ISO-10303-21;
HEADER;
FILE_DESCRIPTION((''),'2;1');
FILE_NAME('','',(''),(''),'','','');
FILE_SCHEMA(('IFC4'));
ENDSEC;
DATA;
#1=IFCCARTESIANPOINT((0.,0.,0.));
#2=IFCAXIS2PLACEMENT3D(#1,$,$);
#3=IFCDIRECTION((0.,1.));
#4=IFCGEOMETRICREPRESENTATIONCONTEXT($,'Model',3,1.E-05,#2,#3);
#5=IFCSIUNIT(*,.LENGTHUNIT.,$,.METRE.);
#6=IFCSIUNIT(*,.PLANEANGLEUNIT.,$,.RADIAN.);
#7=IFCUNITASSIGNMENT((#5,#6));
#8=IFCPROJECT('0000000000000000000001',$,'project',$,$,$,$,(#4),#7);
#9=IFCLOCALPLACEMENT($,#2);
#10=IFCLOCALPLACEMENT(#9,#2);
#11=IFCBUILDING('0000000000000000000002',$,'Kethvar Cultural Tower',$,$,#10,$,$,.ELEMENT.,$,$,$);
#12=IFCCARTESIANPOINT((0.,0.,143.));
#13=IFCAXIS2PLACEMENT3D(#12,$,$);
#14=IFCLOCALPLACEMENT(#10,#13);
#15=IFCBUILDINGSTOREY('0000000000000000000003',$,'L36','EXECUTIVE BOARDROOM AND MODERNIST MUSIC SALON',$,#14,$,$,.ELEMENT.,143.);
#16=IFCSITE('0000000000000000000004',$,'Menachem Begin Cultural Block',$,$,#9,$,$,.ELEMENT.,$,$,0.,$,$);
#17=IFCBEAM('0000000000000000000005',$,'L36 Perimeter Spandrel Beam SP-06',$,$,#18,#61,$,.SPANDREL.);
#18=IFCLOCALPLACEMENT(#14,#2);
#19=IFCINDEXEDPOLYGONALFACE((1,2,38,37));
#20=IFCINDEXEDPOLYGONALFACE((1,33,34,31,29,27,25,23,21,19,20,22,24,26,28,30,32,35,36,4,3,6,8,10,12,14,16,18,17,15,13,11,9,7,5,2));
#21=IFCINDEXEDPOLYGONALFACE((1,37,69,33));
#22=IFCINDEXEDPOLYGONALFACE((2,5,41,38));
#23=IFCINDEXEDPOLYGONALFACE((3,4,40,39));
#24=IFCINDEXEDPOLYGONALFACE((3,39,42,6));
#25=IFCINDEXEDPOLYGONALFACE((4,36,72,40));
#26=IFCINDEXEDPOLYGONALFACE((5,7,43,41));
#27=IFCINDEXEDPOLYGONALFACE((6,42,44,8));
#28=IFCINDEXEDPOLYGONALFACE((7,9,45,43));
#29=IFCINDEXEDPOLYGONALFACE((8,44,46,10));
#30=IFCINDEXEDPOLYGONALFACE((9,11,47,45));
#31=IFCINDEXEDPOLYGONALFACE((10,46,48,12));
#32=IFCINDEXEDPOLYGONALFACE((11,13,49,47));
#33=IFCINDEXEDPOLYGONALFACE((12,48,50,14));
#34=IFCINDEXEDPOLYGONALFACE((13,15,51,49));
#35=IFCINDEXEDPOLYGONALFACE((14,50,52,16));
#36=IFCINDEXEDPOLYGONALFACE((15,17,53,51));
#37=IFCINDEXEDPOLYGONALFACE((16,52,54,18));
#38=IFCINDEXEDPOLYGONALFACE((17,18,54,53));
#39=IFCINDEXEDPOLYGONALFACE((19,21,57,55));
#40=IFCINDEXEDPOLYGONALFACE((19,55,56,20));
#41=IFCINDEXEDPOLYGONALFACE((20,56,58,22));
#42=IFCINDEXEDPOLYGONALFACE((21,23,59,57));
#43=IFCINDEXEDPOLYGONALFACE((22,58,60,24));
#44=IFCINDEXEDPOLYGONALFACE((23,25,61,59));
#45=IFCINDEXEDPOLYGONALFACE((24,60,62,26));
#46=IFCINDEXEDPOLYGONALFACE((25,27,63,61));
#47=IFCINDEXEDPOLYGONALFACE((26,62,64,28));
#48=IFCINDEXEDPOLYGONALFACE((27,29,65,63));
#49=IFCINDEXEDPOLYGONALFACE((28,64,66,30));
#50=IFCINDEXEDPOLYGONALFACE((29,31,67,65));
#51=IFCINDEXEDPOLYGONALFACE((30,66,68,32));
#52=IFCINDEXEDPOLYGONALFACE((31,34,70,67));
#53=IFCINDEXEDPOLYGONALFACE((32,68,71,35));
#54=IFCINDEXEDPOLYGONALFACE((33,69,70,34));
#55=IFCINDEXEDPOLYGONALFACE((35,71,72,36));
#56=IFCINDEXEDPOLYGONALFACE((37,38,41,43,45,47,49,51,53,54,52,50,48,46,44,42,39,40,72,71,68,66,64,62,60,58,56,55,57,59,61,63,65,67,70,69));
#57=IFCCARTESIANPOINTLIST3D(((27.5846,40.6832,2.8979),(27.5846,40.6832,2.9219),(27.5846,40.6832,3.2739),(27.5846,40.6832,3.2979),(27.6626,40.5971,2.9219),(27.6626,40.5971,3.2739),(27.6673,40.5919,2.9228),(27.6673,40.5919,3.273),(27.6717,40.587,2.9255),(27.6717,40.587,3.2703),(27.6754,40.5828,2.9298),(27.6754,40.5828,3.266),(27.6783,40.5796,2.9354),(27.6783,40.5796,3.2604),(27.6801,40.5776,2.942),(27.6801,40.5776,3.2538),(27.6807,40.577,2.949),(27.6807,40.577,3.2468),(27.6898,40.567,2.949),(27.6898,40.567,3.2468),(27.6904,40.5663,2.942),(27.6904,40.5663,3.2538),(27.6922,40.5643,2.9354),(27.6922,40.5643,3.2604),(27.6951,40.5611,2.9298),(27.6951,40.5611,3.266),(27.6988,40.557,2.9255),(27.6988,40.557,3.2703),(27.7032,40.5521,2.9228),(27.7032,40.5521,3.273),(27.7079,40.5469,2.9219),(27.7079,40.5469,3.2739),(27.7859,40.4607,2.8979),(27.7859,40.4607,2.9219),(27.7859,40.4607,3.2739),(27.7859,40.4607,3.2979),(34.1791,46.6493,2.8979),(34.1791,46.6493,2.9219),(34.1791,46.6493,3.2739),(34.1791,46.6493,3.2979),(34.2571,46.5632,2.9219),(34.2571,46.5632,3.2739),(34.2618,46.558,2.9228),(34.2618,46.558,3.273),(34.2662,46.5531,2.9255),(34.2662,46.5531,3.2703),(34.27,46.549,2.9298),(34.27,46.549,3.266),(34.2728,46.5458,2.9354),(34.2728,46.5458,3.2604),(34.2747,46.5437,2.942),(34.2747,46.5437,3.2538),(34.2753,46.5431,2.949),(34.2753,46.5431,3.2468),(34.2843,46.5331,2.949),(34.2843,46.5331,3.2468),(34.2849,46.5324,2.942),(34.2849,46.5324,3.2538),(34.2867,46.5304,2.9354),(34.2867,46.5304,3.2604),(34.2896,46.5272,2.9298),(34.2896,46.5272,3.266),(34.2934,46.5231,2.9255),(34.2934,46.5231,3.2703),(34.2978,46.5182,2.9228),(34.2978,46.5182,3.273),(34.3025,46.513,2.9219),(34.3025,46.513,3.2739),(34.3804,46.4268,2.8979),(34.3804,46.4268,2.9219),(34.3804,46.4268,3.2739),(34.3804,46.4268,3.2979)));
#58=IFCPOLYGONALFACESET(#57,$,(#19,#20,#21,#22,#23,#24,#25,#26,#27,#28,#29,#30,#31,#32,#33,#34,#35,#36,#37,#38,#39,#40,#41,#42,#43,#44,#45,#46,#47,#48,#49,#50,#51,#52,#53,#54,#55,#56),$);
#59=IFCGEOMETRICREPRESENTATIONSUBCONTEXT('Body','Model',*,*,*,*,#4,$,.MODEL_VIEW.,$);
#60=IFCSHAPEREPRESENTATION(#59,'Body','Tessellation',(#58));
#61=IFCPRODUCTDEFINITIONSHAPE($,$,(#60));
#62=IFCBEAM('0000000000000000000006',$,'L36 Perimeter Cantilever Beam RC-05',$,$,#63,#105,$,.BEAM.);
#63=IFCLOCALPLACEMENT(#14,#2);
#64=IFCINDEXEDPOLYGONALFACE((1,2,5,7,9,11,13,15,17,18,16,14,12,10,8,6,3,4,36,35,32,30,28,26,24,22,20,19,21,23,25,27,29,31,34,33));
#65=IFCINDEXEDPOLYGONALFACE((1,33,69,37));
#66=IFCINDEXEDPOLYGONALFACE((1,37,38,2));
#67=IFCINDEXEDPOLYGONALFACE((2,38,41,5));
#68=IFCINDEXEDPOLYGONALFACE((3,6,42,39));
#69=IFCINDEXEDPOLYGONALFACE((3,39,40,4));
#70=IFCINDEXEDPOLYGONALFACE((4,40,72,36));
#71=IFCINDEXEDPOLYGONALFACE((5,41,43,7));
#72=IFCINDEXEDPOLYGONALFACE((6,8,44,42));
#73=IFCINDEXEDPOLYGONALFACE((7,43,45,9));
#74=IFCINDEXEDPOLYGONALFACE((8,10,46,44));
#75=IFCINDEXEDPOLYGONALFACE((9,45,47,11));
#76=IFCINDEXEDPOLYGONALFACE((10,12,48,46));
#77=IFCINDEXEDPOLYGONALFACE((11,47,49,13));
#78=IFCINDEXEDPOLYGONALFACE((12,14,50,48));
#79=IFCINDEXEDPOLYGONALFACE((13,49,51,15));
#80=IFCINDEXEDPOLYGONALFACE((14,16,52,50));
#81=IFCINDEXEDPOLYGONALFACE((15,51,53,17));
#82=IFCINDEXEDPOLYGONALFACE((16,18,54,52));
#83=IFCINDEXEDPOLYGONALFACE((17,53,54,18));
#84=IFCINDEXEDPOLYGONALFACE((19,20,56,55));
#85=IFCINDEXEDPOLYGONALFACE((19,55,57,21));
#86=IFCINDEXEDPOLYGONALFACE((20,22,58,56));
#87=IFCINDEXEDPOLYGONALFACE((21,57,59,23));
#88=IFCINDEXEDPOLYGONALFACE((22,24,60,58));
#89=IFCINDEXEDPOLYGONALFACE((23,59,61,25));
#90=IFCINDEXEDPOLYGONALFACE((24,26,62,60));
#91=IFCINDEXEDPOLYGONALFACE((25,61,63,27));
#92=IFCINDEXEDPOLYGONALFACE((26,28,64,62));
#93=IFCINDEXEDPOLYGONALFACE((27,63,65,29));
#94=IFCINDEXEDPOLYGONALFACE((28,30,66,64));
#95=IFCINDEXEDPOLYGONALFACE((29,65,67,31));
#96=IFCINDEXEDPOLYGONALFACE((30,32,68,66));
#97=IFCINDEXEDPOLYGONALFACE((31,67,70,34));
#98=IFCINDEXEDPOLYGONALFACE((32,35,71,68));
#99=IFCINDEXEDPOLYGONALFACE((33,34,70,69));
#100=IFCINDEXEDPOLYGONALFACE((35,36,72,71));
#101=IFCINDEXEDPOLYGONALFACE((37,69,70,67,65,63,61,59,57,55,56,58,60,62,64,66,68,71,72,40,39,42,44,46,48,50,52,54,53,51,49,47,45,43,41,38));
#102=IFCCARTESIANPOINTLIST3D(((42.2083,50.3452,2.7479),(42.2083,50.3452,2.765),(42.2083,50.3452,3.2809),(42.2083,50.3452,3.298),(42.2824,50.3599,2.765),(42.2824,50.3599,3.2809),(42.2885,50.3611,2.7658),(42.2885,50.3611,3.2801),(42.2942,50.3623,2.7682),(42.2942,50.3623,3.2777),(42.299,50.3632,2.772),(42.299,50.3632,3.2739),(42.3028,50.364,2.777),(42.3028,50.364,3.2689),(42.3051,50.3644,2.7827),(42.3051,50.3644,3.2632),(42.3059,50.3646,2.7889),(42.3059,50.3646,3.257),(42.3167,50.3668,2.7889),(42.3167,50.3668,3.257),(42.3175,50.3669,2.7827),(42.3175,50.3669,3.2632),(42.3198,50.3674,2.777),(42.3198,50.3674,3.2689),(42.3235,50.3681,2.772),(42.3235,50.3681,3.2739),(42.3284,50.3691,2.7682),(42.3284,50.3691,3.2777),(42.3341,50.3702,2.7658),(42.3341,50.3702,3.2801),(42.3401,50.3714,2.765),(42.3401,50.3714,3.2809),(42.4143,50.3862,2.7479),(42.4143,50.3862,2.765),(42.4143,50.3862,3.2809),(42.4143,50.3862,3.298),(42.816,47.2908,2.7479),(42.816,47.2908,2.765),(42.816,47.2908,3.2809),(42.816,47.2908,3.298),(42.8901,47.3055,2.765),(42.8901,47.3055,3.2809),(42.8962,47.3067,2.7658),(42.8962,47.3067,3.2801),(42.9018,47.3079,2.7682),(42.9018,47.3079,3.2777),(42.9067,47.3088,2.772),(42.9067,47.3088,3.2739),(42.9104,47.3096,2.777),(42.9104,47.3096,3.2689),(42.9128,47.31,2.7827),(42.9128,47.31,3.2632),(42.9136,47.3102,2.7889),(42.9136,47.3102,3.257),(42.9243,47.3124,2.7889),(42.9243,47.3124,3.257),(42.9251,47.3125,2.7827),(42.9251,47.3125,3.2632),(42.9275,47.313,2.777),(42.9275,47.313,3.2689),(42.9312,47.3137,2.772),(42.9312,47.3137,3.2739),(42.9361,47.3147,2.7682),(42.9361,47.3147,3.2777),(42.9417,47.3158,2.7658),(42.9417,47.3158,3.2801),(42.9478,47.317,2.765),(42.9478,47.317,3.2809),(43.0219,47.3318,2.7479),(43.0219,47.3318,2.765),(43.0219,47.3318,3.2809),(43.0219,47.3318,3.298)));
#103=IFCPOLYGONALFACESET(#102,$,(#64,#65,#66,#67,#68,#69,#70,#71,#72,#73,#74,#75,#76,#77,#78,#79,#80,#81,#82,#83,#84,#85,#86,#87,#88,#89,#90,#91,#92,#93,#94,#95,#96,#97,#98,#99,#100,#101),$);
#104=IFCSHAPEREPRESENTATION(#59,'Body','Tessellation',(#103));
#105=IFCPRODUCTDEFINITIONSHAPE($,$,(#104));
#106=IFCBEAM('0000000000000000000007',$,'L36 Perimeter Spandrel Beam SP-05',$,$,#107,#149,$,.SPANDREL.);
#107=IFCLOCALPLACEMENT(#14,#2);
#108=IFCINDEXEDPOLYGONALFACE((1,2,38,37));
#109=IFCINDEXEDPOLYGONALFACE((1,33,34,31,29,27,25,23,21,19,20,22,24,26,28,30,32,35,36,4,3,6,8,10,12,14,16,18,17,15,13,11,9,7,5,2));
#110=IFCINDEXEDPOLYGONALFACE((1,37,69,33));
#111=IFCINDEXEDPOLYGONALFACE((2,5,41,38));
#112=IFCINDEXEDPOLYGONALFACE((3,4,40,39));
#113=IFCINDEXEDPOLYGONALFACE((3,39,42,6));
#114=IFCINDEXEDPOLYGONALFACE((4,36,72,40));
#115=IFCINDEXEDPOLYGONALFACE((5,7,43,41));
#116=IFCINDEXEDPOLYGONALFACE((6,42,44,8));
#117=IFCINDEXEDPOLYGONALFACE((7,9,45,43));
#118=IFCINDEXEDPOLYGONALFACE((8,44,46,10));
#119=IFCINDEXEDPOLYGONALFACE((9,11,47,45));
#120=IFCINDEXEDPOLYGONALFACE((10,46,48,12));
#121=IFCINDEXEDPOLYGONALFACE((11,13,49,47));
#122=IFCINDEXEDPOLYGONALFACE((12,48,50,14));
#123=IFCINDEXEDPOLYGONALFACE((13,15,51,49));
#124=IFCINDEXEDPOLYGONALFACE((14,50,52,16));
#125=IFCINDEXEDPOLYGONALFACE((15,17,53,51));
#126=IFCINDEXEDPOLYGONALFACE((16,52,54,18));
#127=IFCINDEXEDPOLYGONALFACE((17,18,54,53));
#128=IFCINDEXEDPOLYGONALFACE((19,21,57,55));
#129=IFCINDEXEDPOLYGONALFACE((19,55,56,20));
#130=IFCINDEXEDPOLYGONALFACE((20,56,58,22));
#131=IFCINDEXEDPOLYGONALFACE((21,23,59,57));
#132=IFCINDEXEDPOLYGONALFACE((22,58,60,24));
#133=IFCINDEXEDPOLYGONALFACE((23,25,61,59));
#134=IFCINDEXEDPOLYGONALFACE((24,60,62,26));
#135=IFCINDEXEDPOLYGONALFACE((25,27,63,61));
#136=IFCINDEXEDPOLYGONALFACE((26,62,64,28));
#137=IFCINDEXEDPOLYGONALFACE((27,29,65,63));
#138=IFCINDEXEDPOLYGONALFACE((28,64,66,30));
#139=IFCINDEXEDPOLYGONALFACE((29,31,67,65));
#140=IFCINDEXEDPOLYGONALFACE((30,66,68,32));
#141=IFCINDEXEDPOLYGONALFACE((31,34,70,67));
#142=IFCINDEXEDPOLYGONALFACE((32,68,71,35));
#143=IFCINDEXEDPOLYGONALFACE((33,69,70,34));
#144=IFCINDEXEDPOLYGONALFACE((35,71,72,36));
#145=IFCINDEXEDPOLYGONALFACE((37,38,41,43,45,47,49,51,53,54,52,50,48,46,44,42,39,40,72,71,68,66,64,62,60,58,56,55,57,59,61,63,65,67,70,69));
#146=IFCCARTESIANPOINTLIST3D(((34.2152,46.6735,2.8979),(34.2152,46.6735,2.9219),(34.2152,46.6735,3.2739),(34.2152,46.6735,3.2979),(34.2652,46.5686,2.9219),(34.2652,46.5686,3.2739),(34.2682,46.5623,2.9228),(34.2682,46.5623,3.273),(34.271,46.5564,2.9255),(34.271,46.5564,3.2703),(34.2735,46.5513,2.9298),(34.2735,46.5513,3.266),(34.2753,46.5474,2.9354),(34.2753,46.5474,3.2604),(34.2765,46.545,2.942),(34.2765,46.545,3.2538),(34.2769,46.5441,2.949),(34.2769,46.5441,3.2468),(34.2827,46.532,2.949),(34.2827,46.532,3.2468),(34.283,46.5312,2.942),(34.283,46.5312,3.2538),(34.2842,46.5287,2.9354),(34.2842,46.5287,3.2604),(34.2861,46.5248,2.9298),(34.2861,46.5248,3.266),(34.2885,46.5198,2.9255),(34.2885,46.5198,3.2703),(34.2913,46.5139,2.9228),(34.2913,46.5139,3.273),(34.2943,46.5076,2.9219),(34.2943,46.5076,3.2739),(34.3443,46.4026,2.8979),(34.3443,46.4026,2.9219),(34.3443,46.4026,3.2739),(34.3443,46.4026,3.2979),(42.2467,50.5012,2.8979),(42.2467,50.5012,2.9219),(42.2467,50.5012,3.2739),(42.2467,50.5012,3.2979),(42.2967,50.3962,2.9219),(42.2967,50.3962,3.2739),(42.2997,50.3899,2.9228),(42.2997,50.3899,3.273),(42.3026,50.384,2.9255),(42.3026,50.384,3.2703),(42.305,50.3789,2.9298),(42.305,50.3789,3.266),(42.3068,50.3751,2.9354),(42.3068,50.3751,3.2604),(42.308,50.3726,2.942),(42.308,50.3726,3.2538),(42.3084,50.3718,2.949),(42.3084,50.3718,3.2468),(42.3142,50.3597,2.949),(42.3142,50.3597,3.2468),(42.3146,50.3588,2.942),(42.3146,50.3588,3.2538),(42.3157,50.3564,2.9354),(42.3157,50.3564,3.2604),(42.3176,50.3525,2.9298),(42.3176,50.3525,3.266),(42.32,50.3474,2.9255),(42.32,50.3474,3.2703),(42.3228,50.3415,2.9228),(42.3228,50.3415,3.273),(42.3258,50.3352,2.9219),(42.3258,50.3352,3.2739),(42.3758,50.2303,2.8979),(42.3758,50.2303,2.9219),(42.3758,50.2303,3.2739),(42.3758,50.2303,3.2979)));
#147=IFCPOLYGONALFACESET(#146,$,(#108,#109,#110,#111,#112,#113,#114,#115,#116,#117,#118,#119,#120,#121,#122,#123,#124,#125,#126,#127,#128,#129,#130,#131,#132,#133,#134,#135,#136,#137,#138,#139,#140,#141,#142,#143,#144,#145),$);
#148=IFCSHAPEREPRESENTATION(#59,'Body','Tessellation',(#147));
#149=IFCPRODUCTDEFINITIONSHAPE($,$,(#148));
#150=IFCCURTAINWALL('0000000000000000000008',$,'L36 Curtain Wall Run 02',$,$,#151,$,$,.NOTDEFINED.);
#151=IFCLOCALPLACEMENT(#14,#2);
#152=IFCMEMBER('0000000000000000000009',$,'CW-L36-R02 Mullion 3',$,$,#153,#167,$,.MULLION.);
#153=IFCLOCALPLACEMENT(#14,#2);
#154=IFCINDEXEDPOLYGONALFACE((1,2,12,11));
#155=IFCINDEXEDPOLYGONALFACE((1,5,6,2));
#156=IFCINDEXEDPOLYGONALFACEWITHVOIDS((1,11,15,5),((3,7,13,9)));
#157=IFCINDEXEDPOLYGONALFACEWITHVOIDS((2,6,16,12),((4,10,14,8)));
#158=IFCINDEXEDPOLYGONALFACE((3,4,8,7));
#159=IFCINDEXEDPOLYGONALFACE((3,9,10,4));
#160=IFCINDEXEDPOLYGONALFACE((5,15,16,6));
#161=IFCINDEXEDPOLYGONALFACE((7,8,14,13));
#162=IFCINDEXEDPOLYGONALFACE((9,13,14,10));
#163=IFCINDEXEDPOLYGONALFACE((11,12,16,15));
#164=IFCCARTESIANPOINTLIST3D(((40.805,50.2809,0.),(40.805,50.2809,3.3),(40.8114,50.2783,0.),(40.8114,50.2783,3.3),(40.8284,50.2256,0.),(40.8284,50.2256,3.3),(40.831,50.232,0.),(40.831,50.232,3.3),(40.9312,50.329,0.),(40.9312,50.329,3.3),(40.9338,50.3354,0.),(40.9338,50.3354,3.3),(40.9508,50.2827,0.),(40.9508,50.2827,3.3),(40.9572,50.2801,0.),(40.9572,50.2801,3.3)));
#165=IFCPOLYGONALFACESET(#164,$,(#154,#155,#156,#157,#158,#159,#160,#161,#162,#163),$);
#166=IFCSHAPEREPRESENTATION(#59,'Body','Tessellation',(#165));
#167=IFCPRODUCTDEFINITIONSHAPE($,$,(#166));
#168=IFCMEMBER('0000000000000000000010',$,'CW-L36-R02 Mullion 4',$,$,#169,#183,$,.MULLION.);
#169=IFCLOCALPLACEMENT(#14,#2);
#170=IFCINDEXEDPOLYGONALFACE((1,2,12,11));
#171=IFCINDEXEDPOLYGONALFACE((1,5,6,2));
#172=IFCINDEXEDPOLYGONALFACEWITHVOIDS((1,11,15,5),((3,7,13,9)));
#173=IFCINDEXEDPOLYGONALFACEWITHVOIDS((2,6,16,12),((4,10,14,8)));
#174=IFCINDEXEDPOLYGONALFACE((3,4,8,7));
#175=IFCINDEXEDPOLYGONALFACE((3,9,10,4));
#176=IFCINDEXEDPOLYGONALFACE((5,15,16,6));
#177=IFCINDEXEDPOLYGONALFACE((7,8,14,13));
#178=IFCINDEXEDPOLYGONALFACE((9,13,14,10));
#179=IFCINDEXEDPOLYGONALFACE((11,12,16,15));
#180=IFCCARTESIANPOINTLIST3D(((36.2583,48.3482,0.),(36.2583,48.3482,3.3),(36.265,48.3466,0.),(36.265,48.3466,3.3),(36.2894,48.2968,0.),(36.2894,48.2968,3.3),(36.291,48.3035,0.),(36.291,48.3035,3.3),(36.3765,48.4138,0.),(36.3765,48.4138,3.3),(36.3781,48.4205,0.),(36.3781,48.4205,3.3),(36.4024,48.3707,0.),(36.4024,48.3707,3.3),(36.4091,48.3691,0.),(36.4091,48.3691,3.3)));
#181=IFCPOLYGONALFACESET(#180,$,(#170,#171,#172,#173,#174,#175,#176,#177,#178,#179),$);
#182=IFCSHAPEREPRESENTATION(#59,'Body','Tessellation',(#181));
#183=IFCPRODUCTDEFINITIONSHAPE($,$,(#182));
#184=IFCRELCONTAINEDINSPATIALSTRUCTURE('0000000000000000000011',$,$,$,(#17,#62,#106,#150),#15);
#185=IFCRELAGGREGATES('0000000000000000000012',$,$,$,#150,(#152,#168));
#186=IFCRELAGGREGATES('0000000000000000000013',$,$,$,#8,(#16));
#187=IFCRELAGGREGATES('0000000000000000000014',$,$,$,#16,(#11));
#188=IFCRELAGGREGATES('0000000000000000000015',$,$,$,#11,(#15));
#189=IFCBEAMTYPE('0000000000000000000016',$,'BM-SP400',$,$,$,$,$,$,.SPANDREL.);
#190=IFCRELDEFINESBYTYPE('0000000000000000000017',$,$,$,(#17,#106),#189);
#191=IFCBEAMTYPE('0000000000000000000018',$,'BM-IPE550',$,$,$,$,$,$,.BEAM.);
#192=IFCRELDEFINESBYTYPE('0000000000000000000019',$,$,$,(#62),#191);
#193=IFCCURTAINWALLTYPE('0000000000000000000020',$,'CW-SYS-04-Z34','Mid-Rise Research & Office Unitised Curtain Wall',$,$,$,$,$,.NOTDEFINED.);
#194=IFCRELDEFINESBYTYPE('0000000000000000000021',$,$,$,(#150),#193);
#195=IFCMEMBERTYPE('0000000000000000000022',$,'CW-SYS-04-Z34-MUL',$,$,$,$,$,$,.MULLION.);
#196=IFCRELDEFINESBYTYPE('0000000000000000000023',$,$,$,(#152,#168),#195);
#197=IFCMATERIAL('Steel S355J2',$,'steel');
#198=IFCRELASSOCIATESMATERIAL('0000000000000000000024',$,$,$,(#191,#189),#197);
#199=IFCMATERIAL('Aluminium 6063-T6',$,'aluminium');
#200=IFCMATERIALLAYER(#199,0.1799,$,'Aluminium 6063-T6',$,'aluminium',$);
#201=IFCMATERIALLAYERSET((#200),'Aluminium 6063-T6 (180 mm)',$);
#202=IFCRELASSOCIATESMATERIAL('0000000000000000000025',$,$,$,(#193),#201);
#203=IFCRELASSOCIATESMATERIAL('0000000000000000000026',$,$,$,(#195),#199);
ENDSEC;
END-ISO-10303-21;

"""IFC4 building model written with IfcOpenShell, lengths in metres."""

from ifc_helpers import new_model, si_unit, direction, frame, origin, origin_2d, place, context, subcontext, project, spatial, hollow_rectangle, i_section, extrude, source, transform, mapped, material, layer, layer_set, material_profile, profile_set, type_object, element, aggregate, save


model = new_model("IFC4")

# Units and contexts
model_context = context("Model", 3, precision=1e-05, world=origin(), true_north=direction((0.0, 1.0)))
body_context = subcontext(model_context, "Body", "Model", "MODEL_VIEW")
ifc_project = project(units=[si_unit("LENGTHUNIT", "METRE"), si_unit("PLANEANGLEUNIT", "RADIAN")], contexts=[model_context])

# Site, building, storey
site_placement = place(None, origin())
site = spatial("IfcSite", under=ifc_project, at=site_placement, Name="Menachem Begin Cultural Block", CompositionType="ELEMENT", RefElevation=0.0)
building_placement = place(site_placement, origin())
building = spatial("IfcBuilding", under=site, at=building_placement, Name="Kethvar Cultural Tower", CompositionType="ELEMENT")
storey_placement = place(building_placement, frame((0.0, 0.0, 143.0)))
storey = spatial("IfcBuildingStorey", under=building, at=storey_placement, Name="L36", Description="EXECUTIVE BOARDROOM AND MODERNIST MUSIC SALON", CompositionType="ELEMENT", Elevation=143.0)

# Beams
ifc_material_1 = material(Name="Steel S355J2", Category="steel")
ifc_material_profile_1 = material_profile(ifc_material_1, i_section(OverallWidth=0.21, OverallDepth=0.55, WebThickness=0.011, FlangeThickness=0.0171, FilletRadius=0.0239, at=origin_2d()), Name="Steel S355J2 — IPE550")
ifc_profile_set_1 = profile_set([ifc_material_profile_1], Name="Steel S355J2 — IPE550")
beam_type_1 = type_object("IfcBeamType", Name="BM-IPE550", PredefinedType="BEAM", material=ifc_profile_set_1)
ifc_material_profile_2 = material_profile(ifc_material_1, i_section(OverallWidth=0.3, OverallDepth=0.3999, WebThickness=0.0134, FlangeThickness=0.0239, FilletRadius=0.0271, at=origin_2d()), Name="Steel S355J2 — HEB400")
ifc_profile_set_2 = profile_set([ifc_material_profile_2], Name="Steel S355J2 — HEB400")
beam_type_2 = type_object("IfcBeamType", Name="BM-SP400", PredefinedType="SPANDREL", material=ifc_profile_set_2)
shared_shape_1 = source(origin(), body_context, "Body", "SweptSolid", [
    extrude(i_section(OverallWidth=0.3, OverallDepth=0.3999, WebThickness=0.0134, FlangeThickness=0.0239, FilletRadius=0.0271, at=origin_2d()), origin(), (0.0, 0.0, 1.0), 8.8928),
])
beam_1_placement = place(storey_placement, frame((34.2798, 46.5381, 3.0979), z_axis=(-0.741557, -0.67089, 0.0), x_axis=(0.67089, -0.741557, 0.0)))
element("IfcBeam", 1, at=beam_1_placement, inside=storey, type_object=beam_type_2, Name="L36 Perimeter Spandrel Beam SP-06", PredefinedType="SPANDREL", context=body_context, shape_type="MappedRepresentation", body=[
    mapped(shared_shape_1, transform((0.0, 0.0, 0.0), scale=1.0)),
])
shared_shape_2 = source(origin(), body_context, "Body", "SweptSolid", [
    extrude(i_section(OverallWidth=0.21, OverallDepth=0.55, WebThickness=0.011, FlangeThickness=0.0171, FilletRadius=0.0239, at=origin_2d()), origin(), (0.0, 0.0, 1.0), 3.1143),
])
beam_2_placement = place(storey_placement, frame((42.9189, 47.3113, 3.0229), z_axis=(-0.195121, 0.980779, 0.0), x_axis=(-0.980779, -0.195121, 0.0)))
element("IfcBeam", 2, at=beam_2_placement, inside=storey, type_object=beam_type_1, Name="L36 Perimeter Cantilever Beam RC-05", PredefinedType="BEAM", context=body_context, shape_type="MappedRepresentation", body=[
    mapped(shared_shape_2, transform((0.0, 0.0, 0.0), scale=1.0)),
])
shared_shape_3 = source(origin(), body_context, "Body", "SweptSolid", [
    extrude(i_section(OverallWidth=0.3, OverallDepth=0.3999, WebThickness=0.0134, FlangeThickness=0.0239, FilletRadius=0.0271, at=origin_2d()), origin(), (0.0, 0.0, 1.0), 8.897),
])
beam_3_placement = place(storey_placement, frame((42.3113, 50.3657, 3.0979), z_axis=(-0.902725, -0.430219, 0.0), x_axis=(0.430219, -0.902725, 0.0)))
element("IfcBeam", 3, at=beam_3_placement, inside=storey, type_object=beam_type_2, Name="L36 Perimeter Spandrel Beam SP-05", PredefinedType="SPANDREL", context=body_context, shape_type="MappedRepresentation", body=[
    mapped(shared_shape_3, transform((0.0, 0.0, 0.0), scale=1.0)),
])

# Curtain wall, members
ifc_material_2 = material(Name="Aluminium 6063-T6", Category="aluminium")
ifc_layer_1 = layer(ifc_material_2, 0.1799, Name="Aluminium 6063-T6", Category="aluminium")
ifc_layer_set_1 = layer_set([ifc_layer_1], Name="Aluminium 6063-T6 (180 mm)")
curtain_wall_type = type_object("IfcCurtainWallType", Name="CW-SYS-04-Z34", Description="Mid-Rise Research & Office Unitised Curtain Wall", PredefinedType="NOTDEFINED", material=ifc_layer_set_1)
curtain_wall_placement = place(storey_placement, origin())
curtain_wall = element("IfcCurtainWall", 4, at=curtain_wall_placement, inside=storey, type_object=curtain_wall_type, Name="L36 Curtain Wall Run 02", PredefinedType="NOTDEFINED")
ifc_material_profile_3 = material_profile(ifc_material_2, hollow_rectangle(XDim=0.0601, YDim=0.1399, WallThickness=0.0049, at=origin_2d()), Name="Aluminium 6063-T6 — RHS140x60x5")
ifc_profile_set_3 = profile_set([ifc_material_profile_3], Name="Aluminium 6063-T6 — RHS140x60x5")
member_type_1 = type_object("IfcMemberType", Name="CW-SYS-04-Z34-MUL", PredefinedType="MULLION", material=ifc_profile_set_3)
shared_shape_4 = source(origin(), body_context, "Body", "SweptSolid", [
    extrude(hollow_rectangle(XDim=0.0601, YDim=0.1399, WallThickness=0.0049, at=origin_2d()), origin(), (0.0, 0.0, 1.0), 3.3),
])
member_1_placement = place(storey_placement, frame((40.8811, 50.2805, 0.0), z_axis=(0.0, 0.0, 1.0), x_axis=(0.389494, -0.921029, 0.0)))
member_1 = element("IfcMember", 5, at=member_1_placement, type_object=member_type_1, Name="CW-L36-R02 Mullion 3", PredefinedType="MULLION", context=body_context, shape_type="MappedRepresentation", body=[
    mapped(shared_shape_4, transform((0.0, 0.0, 0.0), scale=1.0)),
])
member_2_placement = place(storey_placement, frame((36.3337, 48.3586, 0.0), z_axis=(0.0, 0.0, 1.0), x_axis=(0.516563, -0.856249, 0.0)))
member_2 = element("IfcMember", 6, at=member_2_placement, type_object=member_type_1, Name="CW-L36-R02 Mullion 4", PredefinedType="MULLION", context=body_context, shape_type="MappedRepresentation", body=[
    mapped(shared_shape_4, transform((0.0, 0.0, 0.0), scale=1.0)),
])
aggregate(curtain_wall, [member_1, member_2])

save(model, "model.ifc")
